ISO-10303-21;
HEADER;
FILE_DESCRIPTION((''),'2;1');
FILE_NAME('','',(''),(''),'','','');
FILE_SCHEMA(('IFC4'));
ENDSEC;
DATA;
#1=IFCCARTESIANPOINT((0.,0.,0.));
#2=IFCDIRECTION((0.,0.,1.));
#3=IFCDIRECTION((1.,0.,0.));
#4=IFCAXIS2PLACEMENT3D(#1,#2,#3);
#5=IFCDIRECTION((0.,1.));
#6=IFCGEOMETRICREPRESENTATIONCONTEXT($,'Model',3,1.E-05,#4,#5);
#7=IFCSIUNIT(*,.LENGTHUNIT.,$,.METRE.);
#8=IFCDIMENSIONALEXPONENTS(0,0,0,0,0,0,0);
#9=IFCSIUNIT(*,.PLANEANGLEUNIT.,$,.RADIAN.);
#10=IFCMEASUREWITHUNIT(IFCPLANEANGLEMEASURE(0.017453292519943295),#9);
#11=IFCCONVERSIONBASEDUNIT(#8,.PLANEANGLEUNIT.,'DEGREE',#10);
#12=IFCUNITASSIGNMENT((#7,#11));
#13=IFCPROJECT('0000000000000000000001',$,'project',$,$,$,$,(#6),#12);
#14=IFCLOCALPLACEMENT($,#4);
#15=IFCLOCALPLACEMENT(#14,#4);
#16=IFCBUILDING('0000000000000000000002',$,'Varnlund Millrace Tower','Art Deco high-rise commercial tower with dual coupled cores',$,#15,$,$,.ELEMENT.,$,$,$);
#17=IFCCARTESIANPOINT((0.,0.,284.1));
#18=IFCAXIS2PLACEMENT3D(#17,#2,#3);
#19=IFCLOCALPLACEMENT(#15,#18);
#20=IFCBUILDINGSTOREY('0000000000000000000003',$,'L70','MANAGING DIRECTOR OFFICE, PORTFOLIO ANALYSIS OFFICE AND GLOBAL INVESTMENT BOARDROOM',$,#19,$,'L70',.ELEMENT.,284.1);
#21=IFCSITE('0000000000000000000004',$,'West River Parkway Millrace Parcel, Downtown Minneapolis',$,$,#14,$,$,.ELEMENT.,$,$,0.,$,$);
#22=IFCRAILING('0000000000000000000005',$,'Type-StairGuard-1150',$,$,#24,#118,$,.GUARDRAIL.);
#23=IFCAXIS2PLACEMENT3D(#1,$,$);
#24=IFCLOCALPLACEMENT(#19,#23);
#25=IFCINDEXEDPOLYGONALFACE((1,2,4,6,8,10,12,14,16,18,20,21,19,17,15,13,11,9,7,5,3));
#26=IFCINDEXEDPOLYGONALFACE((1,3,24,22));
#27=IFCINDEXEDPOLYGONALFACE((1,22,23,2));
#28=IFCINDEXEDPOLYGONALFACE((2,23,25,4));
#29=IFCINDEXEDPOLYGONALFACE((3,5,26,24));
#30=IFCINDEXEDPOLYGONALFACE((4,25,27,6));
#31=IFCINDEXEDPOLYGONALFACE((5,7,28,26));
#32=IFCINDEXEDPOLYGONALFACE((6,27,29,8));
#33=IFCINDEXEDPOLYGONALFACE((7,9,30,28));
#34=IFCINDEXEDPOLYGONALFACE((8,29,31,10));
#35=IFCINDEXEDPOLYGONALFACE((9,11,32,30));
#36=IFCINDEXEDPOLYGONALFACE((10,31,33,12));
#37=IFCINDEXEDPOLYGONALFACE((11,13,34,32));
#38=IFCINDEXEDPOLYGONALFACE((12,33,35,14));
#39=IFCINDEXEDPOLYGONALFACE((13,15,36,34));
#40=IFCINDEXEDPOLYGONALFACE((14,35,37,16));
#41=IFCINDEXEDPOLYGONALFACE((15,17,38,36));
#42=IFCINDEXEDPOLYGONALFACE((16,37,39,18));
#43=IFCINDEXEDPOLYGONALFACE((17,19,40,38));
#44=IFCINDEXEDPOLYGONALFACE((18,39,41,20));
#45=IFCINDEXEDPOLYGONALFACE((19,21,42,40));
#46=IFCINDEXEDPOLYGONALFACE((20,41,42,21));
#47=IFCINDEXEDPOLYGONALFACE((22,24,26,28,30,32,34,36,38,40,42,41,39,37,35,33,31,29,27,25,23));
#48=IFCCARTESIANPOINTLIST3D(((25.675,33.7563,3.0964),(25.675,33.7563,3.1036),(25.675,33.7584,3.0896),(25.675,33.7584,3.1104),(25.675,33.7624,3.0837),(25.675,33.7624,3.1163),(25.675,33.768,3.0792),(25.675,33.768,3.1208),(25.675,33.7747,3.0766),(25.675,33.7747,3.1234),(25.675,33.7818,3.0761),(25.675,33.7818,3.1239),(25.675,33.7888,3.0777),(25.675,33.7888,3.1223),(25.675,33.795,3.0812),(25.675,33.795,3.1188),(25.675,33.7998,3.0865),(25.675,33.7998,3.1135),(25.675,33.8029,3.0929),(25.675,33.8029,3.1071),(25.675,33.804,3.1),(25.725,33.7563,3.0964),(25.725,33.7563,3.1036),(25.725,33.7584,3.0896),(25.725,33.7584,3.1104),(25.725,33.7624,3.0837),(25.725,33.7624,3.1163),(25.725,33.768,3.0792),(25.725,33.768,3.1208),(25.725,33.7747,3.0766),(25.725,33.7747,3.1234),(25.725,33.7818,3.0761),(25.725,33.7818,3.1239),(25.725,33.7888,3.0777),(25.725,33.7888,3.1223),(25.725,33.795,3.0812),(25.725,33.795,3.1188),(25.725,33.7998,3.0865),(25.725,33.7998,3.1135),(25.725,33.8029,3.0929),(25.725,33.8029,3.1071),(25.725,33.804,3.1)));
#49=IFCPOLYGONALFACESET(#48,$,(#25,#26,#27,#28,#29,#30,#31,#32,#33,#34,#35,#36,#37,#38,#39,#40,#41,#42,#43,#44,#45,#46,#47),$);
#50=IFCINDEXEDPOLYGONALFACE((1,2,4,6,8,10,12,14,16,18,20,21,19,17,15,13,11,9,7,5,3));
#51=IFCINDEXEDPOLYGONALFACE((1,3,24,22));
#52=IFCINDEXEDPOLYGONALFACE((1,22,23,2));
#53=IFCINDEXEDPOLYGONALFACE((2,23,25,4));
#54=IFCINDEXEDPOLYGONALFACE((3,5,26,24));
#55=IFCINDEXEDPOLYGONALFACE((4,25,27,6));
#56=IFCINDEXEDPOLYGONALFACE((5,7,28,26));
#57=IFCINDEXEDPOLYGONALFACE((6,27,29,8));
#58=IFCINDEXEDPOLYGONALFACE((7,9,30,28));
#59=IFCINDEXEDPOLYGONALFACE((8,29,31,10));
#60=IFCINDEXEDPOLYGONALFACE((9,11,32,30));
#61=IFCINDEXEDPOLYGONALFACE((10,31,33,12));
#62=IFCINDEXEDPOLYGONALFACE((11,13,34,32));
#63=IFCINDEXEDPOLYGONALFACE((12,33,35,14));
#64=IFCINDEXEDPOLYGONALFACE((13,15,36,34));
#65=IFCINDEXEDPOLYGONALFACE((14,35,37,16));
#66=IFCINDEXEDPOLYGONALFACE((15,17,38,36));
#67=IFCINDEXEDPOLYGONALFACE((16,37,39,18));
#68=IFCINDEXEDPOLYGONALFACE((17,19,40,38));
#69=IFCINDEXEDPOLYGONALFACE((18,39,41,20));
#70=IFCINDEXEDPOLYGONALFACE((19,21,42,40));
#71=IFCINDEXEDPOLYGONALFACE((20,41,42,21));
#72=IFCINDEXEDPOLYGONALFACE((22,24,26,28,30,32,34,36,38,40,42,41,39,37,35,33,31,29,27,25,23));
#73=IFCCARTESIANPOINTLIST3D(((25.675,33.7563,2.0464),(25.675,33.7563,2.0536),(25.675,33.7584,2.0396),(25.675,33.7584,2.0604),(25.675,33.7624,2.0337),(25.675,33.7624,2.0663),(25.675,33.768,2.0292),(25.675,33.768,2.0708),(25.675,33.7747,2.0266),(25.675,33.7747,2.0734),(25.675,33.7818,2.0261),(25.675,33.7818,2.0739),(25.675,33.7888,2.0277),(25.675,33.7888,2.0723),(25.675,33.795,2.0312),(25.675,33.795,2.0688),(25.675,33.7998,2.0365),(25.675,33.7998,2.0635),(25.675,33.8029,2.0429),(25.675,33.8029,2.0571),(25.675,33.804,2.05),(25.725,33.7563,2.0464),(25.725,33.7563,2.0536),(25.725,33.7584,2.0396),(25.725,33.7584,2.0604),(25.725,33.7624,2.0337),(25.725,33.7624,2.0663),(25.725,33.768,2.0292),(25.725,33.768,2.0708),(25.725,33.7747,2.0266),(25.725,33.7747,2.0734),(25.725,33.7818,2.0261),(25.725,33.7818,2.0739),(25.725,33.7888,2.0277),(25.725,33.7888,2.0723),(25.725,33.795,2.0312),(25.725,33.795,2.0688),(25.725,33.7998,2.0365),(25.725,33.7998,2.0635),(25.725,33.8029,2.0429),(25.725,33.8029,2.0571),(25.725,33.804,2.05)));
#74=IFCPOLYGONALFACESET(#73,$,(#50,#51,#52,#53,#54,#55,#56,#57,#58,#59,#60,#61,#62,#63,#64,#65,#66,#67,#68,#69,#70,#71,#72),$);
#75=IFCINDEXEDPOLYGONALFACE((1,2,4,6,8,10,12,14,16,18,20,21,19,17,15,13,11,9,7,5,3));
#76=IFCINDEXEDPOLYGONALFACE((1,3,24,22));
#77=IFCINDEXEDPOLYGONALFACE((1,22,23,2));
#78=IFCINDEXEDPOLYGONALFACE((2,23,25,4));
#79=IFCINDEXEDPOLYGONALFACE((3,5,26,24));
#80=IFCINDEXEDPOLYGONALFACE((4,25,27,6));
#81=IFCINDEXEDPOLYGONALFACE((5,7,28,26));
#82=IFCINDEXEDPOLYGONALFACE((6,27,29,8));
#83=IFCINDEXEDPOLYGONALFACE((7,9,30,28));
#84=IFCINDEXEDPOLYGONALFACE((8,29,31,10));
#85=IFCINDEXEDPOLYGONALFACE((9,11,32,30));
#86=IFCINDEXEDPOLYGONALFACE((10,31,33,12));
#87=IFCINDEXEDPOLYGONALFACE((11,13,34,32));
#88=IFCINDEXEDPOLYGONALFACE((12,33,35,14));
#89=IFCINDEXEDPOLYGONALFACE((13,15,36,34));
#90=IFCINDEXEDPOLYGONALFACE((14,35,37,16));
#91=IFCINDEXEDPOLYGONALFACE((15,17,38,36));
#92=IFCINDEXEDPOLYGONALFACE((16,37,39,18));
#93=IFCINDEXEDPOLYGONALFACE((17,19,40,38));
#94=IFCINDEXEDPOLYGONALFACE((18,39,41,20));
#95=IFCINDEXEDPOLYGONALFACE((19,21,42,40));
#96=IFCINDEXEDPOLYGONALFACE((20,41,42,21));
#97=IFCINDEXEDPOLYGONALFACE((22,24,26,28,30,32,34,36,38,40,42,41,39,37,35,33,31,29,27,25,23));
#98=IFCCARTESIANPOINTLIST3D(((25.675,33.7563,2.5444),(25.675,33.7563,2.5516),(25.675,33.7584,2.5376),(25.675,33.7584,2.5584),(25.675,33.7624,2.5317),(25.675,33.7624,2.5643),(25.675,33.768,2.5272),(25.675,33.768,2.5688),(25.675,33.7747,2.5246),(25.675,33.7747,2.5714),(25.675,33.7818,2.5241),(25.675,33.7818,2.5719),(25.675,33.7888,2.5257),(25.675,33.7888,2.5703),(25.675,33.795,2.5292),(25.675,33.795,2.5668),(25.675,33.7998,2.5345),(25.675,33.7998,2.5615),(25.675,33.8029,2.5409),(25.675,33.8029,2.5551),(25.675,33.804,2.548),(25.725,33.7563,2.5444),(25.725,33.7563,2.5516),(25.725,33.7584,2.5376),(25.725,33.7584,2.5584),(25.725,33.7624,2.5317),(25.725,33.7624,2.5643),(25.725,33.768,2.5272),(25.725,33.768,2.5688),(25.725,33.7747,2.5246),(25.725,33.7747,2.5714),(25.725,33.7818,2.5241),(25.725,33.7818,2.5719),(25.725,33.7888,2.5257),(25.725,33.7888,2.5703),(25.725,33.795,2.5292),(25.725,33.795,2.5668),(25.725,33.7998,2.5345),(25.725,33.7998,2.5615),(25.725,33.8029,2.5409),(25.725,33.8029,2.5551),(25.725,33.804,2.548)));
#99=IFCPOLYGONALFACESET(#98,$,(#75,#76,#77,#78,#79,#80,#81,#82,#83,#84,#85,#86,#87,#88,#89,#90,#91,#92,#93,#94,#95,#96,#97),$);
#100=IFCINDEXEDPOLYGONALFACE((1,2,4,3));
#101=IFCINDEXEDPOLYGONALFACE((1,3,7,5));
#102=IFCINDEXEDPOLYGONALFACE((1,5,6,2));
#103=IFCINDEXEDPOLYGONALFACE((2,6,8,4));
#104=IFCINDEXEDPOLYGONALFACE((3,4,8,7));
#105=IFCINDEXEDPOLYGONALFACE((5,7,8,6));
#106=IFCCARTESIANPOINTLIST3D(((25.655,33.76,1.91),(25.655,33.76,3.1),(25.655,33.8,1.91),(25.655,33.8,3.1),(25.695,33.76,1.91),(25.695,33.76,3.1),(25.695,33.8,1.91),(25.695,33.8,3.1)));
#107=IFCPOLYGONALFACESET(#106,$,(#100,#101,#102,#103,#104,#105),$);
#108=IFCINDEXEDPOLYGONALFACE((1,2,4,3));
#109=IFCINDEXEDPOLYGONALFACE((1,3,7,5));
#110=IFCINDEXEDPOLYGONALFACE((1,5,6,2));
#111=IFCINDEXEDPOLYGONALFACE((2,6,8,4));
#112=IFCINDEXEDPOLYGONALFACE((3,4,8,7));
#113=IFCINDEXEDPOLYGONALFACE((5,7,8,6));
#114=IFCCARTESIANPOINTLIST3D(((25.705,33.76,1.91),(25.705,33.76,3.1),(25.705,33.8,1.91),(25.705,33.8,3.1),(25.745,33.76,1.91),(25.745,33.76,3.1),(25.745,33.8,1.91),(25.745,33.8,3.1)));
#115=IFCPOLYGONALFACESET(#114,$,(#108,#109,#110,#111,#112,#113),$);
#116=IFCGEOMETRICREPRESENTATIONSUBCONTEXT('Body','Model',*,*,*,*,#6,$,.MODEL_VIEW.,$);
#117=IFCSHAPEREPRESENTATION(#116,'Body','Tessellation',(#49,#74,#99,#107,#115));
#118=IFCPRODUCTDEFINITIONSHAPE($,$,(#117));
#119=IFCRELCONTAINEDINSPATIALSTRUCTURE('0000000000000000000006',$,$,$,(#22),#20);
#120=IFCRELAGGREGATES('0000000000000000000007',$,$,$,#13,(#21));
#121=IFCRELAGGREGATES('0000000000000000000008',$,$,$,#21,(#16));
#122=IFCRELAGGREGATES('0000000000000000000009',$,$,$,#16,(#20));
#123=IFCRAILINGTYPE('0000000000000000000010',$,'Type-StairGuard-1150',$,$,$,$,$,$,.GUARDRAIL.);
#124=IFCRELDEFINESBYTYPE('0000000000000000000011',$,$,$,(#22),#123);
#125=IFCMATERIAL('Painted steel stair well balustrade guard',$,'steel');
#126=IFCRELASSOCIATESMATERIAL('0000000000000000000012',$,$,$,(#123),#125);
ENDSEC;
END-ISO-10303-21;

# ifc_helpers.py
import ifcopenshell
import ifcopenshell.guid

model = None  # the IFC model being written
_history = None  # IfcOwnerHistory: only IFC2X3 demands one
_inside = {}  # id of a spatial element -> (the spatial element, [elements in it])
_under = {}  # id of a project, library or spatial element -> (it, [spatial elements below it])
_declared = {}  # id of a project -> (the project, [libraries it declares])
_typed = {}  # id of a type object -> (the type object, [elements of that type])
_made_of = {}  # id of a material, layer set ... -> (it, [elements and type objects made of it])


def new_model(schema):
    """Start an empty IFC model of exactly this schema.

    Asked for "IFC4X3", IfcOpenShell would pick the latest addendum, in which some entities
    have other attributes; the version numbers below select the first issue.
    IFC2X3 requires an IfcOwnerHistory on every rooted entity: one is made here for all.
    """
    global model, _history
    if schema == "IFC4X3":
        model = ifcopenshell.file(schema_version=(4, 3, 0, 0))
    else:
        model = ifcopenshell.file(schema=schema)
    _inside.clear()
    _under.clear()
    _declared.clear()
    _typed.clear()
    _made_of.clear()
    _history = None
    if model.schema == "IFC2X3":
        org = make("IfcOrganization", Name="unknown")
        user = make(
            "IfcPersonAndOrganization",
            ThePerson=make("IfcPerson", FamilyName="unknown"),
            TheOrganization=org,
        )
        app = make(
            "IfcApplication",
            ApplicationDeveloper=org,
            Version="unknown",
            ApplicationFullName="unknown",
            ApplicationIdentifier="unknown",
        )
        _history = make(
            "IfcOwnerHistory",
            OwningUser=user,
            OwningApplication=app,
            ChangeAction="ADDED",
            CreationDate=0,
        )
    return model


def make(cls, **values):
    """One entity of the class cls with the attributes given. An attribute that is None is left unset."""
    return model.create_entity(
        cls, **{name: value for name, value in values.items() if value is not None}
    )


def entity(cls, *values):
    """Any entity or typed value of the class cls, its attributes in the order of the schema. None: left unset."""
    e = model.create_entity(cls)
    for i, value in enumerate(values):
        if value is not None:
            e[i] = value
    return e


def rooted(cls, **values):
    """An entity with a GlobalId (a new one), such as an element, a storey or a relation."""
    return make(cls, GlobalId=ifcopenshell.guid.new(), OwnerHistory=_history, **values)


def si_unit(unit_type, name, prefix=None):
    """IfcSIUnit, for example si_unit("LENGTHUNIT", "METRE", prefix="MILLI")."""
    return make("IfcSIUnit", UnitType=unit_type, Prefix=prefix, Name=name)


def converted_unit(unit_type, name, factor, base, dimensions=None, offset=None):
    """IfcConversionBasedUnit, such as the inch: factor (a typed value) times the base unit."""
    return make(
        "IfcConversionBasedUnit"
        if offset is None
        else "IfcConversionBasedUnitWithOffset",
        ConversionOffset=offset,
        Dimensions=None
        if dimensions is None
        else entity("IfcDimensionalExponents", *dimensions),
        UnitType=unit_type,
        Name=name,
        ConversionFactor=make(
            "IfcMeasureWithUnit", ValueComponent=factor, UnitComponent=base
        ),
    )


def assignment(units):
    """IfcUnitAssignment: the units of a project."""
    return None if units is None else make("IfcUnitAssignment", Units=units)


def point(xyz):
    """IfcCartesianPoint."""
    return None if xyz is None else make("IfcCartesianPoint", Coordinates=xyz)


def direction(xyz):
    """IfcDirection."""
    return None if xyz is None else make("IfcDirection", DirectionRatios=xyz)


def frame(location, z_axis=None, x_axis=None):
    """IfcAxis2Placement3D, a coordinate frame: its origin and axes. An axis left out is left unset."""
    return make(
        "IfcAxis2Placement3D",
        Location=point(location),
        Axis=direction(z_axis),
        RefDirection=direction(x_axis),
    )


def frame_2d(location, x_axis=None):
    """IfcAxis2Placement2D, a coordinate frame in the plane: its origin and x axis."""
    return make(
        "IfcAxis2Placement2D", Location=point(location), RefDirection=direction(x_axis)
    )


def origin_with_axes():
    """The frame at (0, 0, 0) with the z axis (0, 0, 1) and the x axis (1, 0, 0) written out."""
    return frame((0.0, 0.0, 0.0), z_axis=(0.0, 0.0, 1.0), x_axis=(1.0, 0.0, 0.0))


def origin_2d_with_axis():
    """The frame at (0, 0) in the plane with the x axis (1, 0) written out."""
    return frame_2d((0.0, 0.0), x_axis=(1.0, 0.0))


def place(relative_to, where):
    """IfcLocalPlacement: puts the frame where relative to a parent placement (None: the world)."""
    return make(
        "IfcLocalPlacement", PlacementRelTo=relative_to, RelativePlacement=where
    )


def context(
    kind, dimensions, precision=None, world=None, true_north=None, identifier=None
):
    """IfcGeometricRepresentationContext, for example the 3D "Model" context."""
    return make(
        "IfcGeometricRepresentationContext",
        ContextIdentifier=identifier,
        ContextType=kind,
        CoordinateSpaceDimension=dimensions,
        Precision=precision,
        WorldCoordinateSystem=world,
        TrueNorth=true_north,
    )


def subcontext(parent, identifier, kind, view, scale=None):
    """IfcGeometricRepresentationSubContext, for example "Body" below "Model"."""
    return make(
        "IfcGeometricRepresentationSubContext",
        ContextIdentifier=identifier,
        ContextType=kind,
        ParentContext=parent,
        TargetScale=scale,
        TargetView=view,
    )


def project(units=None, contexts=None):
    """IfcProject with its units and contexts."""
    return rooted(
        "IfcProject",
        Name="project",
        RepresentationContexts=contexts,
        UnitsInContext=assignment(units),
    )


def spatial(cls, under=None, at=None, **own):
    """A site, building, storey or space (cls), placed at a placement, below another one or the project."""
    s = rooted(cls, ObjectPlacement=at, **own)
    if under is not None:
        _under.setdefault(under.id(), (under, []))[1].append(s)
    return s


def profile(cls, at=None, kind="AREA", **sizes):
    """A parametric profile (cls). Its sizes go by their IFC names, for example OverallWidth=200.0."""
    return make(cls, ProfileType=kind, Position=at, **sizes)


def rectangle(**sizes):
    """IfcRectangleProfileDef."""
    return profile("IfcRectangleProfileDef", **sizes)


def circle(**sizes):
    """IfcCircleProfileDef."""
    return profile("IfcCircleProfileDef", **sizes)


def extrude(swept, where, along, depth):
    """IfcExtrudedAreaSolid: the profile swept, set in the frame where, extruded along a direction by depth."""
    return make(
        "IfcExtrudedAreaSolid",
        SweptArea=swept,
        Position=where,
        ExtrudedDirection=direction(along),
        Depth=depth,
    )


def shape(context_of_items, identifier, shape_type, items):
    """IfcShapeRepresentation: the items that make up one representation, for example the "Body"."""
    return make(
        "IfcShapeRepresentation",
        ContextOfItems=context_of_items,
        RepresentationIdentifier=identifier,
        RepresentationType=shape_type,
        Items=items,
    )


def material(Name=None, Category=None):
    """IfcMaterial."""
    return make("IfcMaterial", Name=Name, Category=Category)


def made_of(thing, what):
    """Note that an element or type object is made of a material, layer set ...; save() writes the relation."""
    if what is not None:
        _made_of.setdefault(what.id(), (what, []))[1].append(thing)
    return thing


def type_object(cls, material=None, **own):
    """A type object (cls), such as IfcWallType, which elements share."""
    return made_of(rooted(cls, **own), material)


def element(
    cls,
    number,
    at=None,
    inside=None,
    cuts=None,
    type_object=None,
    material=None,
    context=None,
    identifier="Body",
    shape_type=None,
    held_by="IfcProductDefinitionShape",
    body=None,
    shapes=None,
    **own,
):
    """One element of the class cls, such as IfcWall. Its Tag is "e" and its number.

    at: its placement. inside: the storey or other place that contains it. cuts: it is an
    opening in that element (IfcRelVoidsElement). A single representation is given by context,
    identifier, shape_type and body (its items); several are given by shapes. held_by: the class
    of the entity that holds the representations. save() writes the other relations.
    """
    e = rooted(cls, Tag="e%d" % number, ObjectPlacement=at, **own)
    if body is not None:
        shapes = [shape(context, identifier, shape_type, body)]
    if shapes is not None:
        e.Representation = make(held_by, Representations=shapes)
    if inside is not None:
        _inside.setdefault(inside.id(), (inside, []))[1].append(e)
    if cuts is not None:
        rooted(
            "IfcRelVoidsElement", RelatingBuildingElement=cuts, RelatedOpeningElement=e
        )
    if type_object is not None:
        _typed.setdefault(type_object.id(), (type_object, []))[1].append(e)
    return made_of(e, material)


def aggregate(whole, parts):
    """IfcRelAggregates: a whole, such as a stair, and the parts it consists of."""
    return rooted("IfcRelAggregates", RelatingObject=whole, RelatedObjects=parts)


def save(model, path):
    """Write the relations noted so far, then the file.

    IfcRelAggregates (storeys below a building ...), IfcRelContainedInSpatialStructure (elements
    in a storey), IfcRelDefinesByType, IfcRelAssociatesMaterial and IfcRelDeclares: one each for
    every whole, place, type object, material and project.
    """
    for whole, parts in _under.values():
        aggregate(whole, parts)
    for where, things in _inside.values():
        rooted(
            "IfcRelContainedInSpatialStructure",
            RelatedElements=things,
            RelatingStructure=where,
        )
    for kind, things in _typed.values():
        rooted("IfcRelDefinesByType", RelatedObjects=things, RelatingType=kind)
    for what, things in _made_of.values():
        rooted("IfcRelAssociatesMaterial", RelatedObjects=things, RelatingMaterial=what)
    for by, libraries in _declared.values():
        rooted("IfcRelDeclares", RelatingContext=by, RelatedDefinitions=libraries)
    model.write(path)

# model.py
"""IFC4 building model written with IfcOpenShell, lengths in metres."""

from ifc_helpers import new_model, entity, si_unit, converted_unit, direction, frame, origin_with_axes, origin_2d_with_axis, place, context, subcontext, project, spatial, rectangle, circle, extrude, material, type_object, element, save


model = new_model("IFC4")

# Units and contexts
model_context = context("Model", 3, precision=1e-05, world=origin_with_axes(), true_north=direction((0.0, 1.0)))
body_context = subcontext(model_context, "Body", "Model", "MODEL_VIEW")
ifc_project = project(units=[si_unit("LENGTHUNIT", "METRE"), converted_unit("PLANEANGLEUNIT", "DEGREE", entity("IfcPlaneAngleMeasure", 0.017453292519943295), si_unit("PLANEANGLEUNIT", "RADIAN"), dimensions=[0, 0, 0, 0, 0, 0, 0])], contexts=[model_context])

# Site, building, storey
site_placement = place(None, origin_with_axes())
site = spatial("IfcSite", under=ifc_project, at=site_placement, Name="West River Parkway Millrace Parcel, Downtown Minneapolis", CompositionType="ELEMENT", RefElevation=0.0)
building_placement = place(site_placement, origin_with_axes())
building = spatial("IfcBuilding", under=site, at=building_placement, Name="Varnlund Millrace Tower", Description="Art Deco high-rise commercial tower with dual coupled cores", CompositionType="ELEMENT")
storey_placement = place(building_placement, frame((0.0, 0.0, 284.1), z_axis=(0.0, 0.0, 1.0), x_axis=(1.0, 0.0, 0.0)))
storey = spatial("IfcBuildingStorey", under=building, at=storey_placement, Name="L70", Description="MANAGING DIRECTOR OFFICE, PORTFOLIO ANALYSIS OFFICE AND GLOBAL INVESTMENT BOARDROOM", LongName="L70", CompositionType="ELEMENT", Elevation=284.1)

# Railing
ifc_material_1 = material(Name="Painted steel stair well balustrade guard", Category="steel")
railing_type_1 = type_object("IfcRailingType", Name="Type-StairGuard-1150", PredefinedType="GUARDRAIL", material=ifc_material_1)
railing_1_placement = place(storey_placement, frame((0.0, 0.0, -284.1), z_axis=(0.0, 0.0, 1.0), x_axis=(1.0, 0.0, 0.0)))
element("IfcRailing", 1, at=railing_1_placement, inside=storey, type_object=railing_type_1, Name="Type-StairGuard-1150", PredefinedType="GUARDRAIL", context=body_context, shape_type="SweptSolid", body=[
    extrude(circle(Radius=0.024, at=origin_2d_with_axis()), frame((25.675, 33.78, 287.2), z_axis=(1.0, 0.0, 0.0), x_axis=(0.0, 1.0, 0.0)), (0.0, 0.0, 1.0), 0.05),
    extrude(circle(Radius=0.024, at=origin_2d_with_axis()), frame((25.675, 33.78, 286.15), z_axis=(1.0, 0.0, 0.0), x_axis=(0.0, 1.0, 0.0)), (0.0, 0.0, 1.0), 0.05),
    extrude(circle(Radius=0.024, at=origin_2d_with_axis()), frame((25.675, 33.78, 286.648), z_axis=(1.0, 0.0, 0.0), x_axis=(0.0, 1.0, 0.0)), (0.0, 0.0, 1.0), 0.05),
    extrude(rectangle(XDim=0.04, YDim=0.04, at=origin_2d_with_axis()), frame((25.675, 33.78, 286.01), z_axis=(0.0, 0.0, 1.0), x_axis=(1.0, 0.0, 0.0)), (0.0, 0.0, 1.0), 1.19),
    extrude(rectangle(XDim=0.04, YDim=0.04, at=origin_2d_with_axis()), frame((25.725, 33.78, 286.01), z_axis=(0.0, 0.0, 1.0), x_axis=(1.0, 0.0, 0.0)), (0.0, 0.0, 1.0), 1.19),
])

save(model, "model.ifc")
